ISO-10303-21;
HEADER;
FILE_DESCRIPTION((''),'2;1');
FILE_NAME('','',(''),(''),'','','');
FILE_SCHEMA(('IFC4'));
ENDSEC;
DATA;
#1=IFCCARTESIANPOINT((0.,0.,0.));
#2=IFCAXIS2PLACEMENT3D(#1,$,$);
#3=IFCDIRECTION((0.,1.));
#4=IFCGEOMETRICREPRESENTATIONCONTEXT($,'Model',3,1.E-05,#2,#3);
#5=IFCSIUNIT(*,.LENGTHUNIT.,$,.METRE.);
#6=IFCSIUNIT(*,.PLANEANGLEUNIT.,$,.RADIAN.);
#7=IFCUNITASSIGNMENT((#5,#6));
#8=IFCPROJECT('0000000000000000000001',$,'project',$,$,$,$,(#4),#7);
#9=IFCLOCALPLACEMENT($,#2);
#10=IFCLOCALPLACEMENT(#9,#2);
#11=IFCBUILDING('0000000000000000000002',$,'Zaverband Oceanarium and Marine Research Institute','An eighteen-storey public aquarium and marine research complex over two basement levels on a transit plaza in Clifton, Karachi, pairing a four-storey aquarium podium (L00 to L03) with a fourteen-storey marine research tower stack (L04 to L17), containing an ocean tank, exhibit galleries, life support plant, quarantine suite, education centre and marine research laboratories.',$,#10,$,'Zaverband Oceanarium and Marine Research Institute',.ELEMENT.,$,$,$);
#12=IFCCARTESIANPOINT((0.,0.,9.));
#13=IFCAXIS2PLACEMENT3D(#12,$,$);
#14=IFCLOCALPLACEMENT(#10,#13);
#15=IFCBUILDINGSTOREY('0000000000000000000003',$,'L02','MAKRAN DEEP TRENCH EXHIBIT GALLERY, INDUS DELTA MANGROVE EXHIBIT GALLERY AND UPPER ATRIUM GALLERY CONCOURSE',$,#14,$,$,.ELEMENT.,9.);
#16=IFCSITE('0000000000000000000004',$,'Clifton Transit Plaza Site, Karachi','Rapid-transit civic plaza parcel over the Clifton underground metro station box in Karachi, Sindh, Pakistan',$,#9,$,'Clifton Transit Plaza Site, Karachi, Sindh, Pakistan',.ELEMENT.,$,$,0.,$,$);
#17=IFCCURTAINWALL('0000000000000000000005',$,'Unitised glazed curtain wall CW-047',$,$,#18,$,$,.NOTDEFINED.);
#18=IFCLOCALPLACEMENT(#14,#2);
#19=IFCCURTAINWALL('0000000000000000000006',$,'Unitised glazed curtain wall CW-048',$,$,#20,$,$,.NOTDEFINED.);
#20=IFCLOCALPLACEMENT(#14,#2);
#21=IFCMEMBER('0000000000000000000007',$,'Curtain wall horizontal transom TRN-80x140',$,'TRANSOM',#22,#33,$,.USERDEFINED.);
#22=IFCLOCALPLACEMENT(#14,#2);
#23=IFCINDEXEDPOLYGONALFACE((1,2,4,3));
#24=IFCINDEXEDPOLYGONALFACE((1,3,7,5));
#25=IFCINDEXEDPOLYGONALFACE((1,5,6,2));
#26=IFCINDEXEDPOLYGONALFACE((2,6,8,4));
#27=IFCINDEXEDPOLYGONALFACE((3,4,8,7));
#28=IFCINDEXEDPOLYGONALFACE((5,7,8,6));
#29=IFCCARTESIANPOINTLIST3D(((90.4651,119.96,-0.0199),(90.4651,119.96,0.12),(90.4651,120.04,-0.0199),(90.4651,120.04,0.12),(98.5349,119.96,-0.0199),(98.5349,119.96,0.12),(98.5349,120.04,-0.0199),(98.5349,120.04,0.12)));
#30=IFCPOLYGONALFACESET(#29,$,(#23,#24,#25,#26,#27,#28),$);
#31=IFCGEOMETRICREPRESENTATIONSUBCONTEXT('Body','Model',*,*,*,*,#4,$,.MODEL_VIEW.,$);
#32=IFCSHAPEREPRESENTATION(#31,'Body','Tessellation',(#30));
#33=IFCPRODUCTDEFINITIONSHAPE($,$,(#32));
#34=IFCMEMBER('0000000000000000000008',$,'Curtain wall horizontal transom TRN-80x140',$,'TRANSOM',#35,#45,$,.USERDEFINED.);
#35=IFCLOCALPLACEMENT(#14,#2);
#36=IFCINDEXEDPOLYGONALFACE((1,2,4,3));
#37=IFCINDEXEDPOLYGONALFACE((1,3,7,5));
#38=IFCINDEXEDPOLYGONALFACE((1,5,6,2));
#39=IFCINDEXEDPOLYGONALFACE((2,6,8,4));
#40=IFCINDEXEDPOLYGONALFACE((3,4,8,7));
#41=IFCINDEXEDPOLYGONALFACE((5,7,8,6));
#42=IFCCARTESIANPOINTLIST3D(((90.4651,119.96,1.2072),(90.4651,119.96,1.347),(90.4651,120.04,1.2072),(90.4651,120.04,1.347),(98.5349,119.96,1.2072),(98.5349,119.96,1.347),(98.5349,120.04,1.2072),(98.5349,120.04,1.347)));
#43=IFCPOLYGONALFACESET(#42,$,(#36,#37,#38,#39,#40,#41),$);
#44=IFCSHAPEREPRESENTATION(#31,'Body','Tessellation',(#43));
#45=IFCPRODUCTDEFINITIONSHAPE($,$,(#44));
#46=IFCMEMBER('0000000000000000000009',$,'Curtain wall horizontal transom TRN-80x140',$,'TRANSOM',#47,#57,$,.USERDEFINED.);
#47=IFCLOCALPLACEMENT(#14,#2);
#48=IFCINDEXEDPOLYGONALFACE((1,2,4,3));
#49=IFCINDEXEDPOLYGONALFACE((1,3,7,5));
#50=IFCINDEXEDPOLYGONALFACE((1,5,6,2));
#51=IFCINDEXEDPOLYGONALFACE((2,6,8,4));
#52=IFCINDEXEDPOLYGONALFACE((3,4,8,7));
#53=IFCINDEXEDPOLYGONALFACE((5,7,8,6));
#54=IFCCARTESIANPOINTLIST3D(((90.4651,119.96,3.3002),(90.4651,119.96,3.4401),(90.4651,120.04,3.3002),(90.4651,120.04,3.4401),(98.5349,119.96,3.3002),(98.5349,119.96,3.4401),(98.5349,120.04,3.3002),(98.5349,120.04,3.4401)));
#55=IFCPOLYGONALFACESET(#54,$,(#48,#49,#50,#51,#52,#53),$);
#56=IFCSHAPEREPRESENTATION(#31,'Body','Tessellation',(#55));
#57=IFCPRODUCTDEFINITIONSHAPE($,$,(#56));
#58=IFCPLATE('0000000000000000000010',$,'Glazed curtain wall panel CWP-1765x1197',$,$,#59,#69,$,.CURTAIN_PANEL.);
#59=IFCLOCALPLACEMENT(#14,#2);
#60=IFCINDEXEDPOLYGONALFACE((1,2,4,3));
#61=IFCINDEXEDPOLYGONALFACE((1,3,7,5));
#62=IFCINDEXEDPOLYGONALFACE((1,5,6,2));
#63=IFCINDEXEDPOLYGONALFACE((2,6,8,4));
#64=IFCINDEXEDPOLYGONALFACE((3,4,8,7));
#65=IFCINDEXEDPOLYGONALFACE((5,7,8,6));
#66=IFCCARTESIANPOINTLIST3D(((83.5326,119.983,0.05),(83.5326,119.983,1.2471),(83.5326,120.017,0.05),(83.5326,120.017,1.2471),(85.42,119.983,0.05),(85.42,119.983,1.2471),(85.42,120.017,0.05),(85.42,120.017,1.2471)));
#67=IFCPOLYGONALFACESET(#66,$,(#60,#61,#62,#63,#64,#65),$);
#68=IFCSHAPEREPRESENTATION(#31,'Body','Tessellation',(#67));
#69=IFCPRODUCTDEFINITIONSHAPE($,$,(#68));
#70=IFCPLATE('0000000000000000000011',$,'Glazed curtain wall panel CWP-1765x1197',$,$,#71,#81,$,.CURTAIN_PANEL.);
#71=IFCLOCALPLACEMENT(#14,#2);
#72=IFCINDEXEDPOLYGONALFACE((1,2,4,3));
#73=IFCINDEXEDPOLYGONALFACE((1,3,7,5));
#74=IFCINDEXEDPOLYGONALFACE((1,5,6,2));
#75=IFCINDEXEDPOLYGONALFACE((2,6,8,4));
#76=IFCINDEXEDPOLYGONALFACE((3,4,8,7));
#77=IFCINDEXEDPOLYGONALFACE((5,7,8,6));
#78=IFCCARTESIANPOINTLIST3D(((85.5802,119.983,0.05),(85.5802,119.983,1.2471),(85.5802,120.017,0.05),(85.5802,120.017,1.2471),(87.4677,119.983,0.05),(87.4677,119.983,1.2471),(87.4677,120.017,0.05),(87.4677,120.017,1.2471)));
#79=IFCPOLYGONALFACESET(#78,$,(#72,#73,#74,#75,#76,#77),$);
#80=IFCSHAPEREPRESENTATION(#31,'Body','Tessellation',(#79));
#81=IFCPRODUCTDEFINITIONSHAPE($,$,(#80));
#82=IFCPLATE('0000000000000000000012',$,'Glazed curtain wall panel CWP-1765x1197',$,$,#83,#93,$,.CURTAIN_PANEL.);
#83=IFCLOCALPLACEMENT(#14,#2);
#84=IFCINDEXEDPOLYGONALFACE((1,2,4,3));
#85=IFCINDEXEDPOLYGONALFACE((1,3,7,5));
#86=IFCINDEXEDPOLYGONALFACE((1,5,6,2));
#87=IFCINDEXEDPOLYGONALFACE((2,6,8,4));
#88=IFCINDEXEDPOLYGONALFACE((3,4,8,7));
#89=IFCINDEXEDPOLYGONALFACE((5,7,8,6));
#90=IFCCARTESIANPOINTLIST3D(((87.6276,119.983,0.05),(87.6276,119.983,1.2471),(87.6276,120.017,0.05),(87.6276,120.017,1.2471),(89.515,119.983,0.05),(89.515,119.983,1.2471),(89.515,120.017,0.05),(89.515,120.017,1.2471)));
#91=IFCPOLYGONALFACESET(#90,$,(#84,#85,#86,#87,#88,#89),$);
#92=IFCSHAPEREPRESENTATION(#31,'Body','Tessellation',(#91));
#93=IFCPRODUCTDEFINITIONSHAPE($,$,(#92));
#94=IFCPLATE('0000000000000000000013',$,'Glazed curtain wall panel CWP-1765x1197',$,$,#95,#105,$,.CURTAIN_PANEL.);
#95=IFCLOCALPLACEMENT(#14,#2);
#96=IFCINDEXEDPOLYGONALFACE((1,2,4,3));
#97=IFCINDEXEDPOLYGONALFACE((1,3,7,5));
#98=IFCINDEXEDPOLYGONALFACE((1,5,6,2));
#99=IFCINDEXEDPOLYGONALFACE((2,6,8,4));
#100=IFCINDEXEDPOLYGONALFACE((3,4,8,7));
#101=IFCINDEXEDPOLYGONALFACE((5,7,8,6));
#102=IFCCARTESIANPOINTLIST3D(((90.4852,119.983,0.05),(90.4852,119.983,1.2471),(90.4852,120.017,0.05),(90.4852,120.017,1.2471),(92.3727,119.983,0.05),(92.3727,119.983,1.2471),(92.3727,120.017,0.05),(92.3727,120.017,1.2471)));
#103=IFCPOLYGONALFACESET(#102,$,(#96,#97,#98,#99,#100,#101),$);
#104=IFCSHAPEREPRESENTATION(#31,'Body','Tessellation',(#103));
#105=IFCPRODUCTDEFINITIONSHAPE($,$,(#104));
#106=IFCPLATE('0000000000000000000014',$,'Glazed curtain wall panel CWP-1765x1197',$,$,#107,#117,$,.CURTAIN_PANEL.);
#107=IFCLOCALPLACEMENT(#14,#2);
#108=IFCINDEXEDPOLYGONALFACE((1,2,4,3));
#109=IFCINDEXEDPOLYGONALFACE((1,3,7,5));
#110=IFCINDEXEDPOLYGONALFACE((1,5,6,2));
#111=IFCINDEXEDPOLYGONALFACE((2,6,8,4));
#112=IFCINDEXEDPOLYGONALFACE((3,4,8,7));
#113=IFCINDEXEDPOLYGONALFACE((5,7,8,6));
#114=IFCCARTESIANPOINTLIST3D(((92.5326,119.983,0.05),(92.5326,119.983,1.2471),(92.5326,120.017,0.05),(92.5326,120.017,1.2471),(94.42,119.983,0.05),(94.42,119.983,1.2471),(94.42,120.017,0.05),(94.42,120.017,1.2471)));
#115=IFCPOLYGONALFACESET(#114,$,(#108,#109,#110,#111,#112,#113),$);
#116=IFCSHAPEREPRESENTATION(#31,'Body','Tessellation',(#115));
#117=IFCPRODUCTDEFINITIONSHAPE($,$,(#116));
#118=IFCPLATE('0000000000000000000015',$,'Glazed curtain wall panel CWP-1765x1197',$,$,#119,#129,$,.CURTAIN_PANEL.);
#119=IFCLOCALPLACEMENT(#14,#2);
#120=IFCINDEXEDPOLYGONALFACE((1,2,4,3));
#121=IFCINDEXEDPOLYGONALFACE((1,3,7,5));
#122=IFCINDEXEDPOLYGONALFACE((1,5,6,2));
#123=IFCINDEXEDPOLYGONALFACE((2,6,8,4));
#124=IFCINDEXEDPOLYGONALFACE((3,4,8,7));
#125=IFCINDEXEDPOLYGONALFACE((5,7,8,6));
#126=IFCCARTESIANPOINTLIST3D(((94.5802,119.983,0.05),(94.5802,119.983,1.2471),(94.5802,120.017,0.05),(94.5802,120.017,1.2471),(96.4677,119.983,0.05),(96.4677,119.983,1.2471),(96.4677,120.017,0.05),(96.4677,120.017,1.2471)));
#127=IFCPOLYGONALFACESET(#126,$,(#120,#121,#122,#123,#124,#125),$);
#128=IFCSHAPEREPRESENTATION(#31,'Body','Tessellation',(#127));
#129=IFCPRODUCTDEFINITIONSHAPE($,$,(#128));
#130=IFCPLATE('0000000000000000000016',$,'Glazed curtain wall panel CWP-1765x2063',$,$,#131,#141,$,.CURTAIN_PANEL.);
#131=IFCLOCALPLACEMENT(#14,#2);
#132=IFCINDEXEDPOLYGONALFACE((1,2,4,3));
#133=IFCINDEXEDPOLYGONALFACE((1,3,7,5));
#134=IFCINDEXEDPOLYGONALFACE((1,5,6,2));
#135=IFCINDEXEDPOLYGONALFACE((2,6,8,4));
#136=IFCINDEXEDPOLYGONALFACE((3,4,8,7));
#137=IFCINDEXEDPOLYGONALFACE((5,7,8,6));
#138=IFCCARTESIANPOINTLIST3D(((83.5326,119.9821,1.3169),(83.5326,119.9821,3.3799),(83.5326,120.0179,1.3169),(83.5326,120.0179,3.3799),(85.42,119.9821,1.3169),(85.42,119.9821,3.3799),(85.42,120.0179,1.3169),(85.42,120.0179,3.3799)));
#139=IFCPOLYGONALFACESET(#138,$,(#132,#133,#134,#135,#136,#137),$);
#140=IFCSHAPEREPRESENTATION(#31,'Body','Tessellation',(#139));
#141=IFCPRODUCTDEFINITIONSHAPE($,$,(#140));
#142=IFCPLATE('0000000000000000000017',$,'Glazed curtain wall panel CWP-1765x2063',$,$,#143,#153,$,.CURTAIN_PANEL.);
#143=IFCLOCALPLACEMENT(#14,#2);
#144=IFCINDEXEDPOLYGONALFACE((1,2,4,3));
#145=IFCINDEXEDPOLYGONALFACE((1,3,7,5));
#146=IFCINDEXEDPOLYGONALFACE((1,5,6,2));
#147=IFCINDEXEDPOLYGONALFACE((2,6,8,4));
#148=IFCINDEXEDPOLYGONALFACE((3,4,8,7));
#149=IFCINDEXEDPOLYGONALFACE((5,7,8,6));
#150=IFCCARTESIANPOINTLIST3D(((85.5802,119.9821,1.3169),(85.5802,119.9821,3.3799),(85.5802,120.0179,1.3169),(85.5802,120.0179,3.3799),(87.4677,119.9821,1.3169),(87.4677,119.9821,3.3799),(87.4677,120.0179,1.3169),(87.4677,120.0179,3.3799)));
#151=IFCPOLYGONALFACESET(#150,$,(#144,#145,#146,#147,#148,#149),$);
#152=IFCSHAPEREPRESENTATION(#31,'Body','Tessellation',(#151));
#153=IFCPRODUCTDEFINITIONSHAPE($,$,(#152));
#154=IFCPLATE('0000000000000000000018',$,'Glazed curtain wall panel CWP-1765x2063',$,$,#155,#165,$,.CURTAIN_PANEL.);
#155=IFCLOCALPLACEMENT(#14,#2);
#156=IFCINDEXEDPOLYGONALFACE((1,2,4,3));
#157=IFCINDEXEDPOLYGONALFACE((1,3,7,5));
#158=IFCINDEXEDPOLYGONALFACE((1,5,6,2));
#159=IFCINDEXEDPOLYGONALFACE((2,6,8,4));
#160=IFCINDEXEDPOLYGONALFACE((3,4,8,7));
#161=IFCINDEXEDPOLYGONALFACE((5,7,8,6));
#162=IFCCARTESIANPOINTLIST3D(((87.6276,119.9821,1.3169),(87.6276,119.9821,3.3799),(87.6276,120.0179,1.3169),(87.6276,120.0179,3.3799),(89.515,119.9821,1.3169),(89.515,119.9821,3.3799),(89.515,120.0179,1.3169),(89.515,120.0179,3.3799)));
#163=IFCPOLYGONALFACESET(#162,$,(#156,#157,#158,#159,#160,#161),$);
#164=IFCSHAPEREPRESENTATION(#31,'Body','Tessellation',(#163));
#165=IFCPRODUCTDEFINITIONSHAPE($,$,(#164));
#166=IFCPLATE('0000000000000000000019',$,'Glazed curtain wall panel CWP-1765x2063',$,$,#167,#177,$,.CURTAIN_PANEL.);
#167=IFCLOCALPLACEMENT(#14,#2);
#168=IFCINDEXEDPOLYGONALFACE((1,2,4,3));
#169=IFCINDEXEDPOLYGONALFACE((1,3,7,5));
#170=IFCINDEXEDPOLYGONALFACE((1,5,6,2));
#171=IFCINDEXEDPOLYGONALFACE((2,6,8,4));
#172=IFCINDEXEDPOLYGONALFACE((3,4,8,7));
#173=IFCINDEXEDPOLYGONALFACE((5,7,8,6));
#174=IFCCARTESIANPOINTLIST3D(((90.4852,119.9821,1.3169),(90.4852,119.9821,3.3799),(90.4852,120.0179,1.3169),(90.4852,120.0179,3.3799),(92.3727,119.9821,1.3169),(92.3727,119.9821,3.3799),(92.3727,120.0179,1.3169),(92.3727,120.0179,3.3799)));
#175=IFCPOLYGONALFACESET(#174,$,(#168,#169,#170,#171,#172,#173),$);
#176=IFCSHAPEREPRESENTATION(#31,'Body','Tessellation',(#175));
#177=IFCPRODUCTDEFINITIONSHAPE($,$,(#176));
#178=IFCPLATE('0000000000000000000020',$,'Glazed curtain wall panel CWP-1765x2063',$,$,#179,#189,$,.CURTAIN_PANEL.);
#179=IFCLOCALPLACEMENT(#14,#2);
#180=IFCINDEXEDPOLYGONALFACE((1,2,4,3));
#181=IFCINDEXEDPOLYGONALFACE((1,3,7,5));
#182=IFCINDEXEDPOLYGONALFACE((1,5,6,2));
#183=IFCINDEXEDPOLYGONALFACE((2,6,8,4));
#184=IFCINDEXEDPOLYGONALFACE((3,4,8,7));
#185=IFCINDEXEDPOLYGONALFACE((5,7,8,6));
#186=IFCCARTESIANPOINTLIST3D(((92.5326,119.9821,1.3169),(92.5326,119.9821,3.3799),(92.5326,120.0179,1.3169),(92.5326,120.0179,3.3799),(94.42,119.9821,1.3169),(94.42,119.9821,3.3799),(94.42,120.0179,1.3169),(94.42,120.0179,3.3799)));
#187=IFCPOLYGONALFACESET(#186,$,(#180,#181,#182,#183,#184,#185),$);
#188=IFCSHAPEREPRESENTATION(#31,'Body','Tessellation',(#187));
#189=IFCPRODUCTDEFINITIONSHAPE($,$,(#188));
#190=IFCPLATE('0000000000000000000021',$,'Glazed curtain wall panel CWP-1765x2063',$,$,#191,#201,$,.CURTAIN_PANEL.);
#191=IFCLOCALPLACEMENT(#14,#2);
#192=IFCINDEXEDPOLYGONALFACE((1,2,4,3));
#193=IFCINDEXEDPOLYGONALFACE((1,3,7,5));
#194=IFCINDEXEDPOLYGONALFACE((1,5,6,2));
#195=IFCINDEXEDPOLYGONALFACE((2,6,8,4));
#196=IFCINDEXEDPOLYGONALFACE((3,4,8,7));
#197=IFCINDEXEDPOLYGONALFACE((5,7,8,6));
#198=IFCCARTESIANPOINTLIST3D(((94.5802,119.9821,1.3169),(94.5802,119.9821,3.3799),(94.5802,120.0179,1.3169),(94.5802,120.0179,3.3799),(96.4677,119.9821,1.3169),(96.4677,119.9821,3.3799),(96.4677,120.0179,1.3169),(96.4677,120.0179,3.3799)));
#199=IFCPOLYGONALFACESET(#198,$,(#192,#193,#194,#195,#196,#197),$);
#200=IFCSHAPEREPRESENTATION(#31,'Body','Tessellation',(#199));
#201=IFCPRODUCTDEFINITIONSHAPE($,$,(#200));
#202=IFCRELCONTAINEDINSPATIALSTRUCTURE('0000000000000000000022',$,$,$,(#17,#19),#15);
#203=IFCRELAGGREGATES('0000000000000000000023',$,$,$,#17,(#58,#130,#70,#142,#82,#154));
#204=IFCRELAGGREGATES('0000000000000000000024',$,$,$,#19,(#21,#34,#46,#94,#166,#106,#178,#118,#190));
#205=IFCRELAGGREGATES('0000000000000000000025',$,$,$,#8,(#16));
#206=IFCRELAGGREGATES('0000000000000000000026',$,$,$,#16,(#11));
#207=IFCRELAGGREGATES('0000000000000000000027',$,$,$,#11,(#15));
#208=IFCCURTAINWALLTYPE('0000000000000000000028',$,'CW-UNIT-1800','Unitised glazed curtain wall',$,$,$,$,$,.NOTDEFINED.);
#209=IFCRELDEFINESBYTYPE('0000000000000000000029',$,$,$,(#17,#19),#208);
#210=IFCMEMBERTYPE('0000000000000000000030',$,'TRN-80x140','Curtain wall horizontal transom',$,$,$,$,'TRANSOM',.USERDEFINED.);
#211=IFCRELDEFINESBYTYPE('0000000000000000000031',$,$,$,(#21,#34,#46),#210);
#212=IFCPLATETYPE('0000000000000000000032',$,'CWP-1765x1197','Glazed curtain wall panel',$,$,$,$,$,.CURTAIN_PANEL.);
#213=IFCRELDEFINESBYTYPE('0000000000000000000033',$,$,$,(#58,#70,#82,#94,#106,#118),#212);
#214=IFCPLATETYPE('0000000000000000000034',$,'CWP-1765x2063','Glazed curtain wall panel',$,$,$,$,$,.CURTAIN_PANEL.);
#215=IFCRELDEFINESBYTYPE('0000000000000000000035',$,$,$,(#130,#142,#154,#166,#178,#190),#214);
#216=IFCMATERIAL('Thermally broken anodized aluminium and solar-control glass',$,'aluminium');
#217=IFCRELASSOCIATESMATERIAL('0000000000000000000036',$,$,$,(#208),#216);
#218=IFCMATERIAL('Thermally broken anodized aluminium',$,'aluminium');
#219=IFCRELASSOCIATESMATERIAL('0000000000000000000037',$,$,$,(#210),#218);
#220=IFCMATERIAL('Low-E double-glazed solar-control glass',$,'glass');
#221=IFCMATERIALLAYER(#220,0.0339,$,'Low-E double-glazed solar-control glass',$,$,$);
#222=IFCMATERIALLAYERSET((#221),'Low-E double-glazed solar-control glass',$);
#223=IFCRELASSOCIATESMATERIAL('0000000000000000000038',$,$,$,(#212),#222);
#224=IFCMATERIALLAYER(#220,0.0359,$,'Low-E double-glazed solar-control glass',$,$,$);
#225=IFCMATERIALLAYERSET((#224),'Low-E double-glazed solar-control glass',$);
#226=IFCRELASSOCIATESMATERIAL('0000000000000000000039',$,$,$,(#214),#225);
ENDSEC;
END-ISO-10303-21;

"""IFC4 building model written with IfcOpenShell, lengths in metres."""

from ifc_helpers import new_model, si_unit, direction, frame, frame_2d, origin, origin_2d, place, context, subcontext, project, spatial, rectangle, extrude, material, layer, layer_set, material_profile, profile_set, type_object, element, aggregate, save


model = new_model("IFC4")

# Units and contexts
model_context = context("Model", 3, precision=1e-05, world=origin(), true_north=direction((0.0, 1.0)))
body_context = subcontext(model_context, "Body", "Model", "MODEL_VIEW")
ifc_project = project(units=[si_unit("LENGTHUNIT", "METRE"), si_unit("PLANEANGLEUNIT", "RADIAN")], contexts=[model_context])

# Site, building, storey
site_placement = place(None, origin())
site = spatial("IfcSite", under=ifc_project, at=site_placement, Name="Clifton Transit Plaza Site, Karachi", Description="Rapid-transit civic plaza parcel over the Clifton underground metro station box in Karachi, Sindh, Pakistan", LongName="Clifton Transit Plaza Site, Karachi, Sindh, Pakistan", CompositionType="ELEMENT", RefElevation=0.0)
building_placement = place(site_placement, origin())
building = spatial("IfcBuilding", under=site, at=building_placement, Name="Zaverband Oceanarium and Marine Research Institute", Description="An eighteen-storey public aquarium and marine research complex over two basement levels on a transit plaza in Clifton, Karachi, pairing a four-storey aquarium podium (L00 to L03) with a fourteen-storey marine research tower stack (L04 to L17), containing an ocean tank, exhibit galleries, life support plant, quarantine suite, education centre and marine research laboratories.", LongName="Zaverband Oceanarium and Marine Research Institute", CompositionType="ELEMENT")
storey_placement = place(building_placement, frame((0.0, 0.0, 9.0)))
storey = spatial("IfcBuildingStorey", under=building, at=storey_placement, Name="L02", Description="MAKRAN DEEP TRENCH EXHIBIT GALLERY, INDUS DELTA MANGROVE EXHIBIT GALLERY AND UPPER ATRIUM GALLERY CONCOURSE", CompositionType="ELEMENT", Elevation=9.0)

# Curtain walls
ifc_material_1 = material(Name="Thermally broken anodized aluminium and solar-control glass", Category="aluminium")
curtain_wall_type = type_object("IfcCurtainWallType", Name="CW-UNIT-1800", Description="Unitised glazed curtain wall", PredefinedType="NOTDEFINED", material=ifc_material_1)
curtain_wall_1_placement = place(storey_placement, origin())
curtain_wall_1 = element("IfcCurtainWall", 1, at=curtain_wall_1_placement, inside=storey, type_object=curtain_wall_type, Name="Unitised glazed curtain wall CW-047", PredefinedType="NOTDEFINED")
ifc_material_2 = material(Name="Thermally broken anodized aluminium", Category="aluminium")
curtain_wall_2_placement = place(storey_placement, origin())
curtain_wall_2 = element("IfcCurtainWall", 2, at=curtain_wall_2_placement, inside=storey, type_object=curtain_wall_type, Name="Unitised glazed curtain wall CW-048", PredefinedType="NOTDEFINED")

# Members
ifc_material_profile_1 = material_profile(ifc_material_2, rectangle(XDim=0.0801, YDim=0.1399, at=origin_2d()), Name="AL-TRN-80x140")
ifc_profile_set_1 = profile_set([ifc_material_profile_1], Name="Thermally broken anodized aluminium")
member_type_1 = type_object("IfcMemberType", Name="TRN-80x140", Description="Curtain wall horizontal transom", ElementType="TRANSOM", PredefinedType="USERDEFINED", material=ifc_profile_set_1)
member_1_placement = place(storey_placement, frame((90.4651, 120.0, 0.05), z_axis=(1.0, 0.0, 0.0), x_axis=(0.0, 1.0, 0.0)))
member_1 = element("IfcMember", 3, at=member_1_placement, type_object=member_type_1, Name="Curtain wall horizontal transom TRN-80x140", ObjectType="TRANSOM", PredefinedType="USERDEFINED", context=body_context, shape_type="SweptSolid", body=[
    extrude(rectangle(XDim=0.0801, YDim=0.1399, at=origin_2d()), origin(), (0.0, 0.0, 1.0), 8.0698),
])
member_2_placement = place(storey_placement, frame((90.4651, 120.0, 1.2771), z_axis=(1.0, 0.0, 0.0), x_axis=(0.0, 1.0, 0.0)))
member_2 = element("IfcMember", 4, at=member_2_placement, type_object=member_type_1, Name="Curtain wall horizontal transom TRN-80x140", ObjectType="TRANSOM", PredefinedType="USERDEFINED", context=body_context, shape_type="SweptSolid", body=[
    extrude(rectangle(XDim=0.0801, YDim=0.1399, at=origin_2d()), origin(), (0.0, 0.0, 1.0), 8.0698),
])
member_3_placement = place(storey_placement, frame((90.4651, 120.0, 3.3701), z_axis=(1.0, 0.0, 0.0), x_axis=(0.0, 1.0, 0.0)))
member_3 = element("IfcMember", 5, at=member_3_placement, type_object=member_type_1, Name="Curtain wall horizontal transom TRN-80x140", ObjectType="TRANSOM", PredefinedType="USERDEFINED", context=body_context, shape_type="SweptSolid", body=[
    extrude(rectangle(XDim=0.0801, YDim=0.1399, at=origin_2d()), origin(), (0.0, 0.0, 1.0), 8.0698),
])

# Plates
ifc_material_3 = material(Name="Low-E double-glazed solar-control glass", Category="glass")
ifc_layer_1 = layer(ifc_material_3, 0.0339, Name="Low-E double-glazed solar-control glass")
ifc_layer_set_1 = layer_set([ifc_layer_1], Name="Low-E double-glazed solar-control glass")
plate_type_1 = type_object("IfcPlateType", Name="CWP-1765x1197", Description="Glazed curtain wall panel", PredefinedType="CURTAIN_PANEL", material=ifc_layer_set_1)
plate_1_placement = place(storey_placement, frame((83.5325, 120.0, 0.05), z_axis=(0.0, 0.0, 1.0), x_axis=(1.0, 0.0, 0.0)))
plate_1 = element("IfcPlate", 6, at=plate_1_placement, type_object=plate_type_1, Name="Glazed curtain wall panel CWP-1765x1197", PredefinedType="CURTAIN_PANEL", context=body_context, shape_type="SweptSolid", body=[
    extrude(rectangle(XDim=1.8875, YDim=0.0339, at=frame_2d((0.9438, 0.0))), origin(), (0.0, 0.0, 1.0), 1.197),
])
plate_2_placement = place(storey_placement, frame((85.5801, 120.0, 0.05), z_axis=(0.0, 0.0, 1.0), x_axis=(1.0, 0.0, 0.0)))
plate_2 = element("IfcPlate", 7, at=plate_2_placement, type_object=plate_type_1, Name="Glazed curtain wall panel CWP-1765x1197", PredefinedType="CURTAIN_PANEL", context=body_context, shape_type="SweptSolid", body=[
    extrude(rectangle(XDim=1.8875, YDim=0.0339, at=frame_2d((0.9438, 0.0))), origin(), (0.0, 0.0, 1.0), 1.197),
])
plate_3_placement = place(storey_placement, frame((87.6274, 120.0, 0.05), z_axis=(0.0, 0.0, 1.0), x_axis=(1.0, 0.0, 0.0)))
plate_3 = element("IfcPlate", 8, at=plate_3_placement, type_object=plate_type_1, Name="Glazed curtain wall panel CWP-1765x1197", PredefinedType="CURTAIN_PANEL", context=body_context, shape_type="SweptSolid", body=[
    extrude(rectangle(XDim=1.8875, YDim=0.0339, at=frame_2d((0.9438, 0.0))), origin(), (0.0, 0.0, 1.0), 1.197),
])
plate_4_placement = place(storey_placement, frame((90.4851, 120.0, 0.05), z_axis=(0.0, 0.0, 1.0), x_axis=(1.0, 0.0, 0.0)))
plate_4 = element("IfcPlate", 9, at=plate_4_placement, type_object=plate_type_1, Name="Glazed curtain wall panel CWP-1765x1197", PredefinedType="CURTAIN_PANEL", context=body_context, shape_type="SweptSolid", body=[
    extrude(rectangle(XDim=1.8875, YDim=0.0339, at=frame_2d((0.9438, 0.0))), origin(), (0.0, 0.0, 1.0), 1.197),
])
plate_5_placement = place(storey_placement, frame((92.5325, 120.0, 0.05), z_axis=(0.0, 0.0, 1.0), x_axis=(1.0, 0.0, 0.0)))
plate_5 = element("IfcPlate", 10, at=plate_5_placement, type_object=plate_type_1, Name="Glazed curtain wall panel CWP-1765x1197", PredefinedType="CURTAIN_PANEL", context=body_context, shape_type="SweptSolid", body=[
    extrude(rectangle(XDim=1.8875, YDim=0.0339, at=frame_2d((0.9438, 0.0))), origin(), (0.0, 0.0, 1.0), 1.197),
])
plate_6_placement = place(storey_placement, frame((94.5801, 120.0, 0.05), z_axis=(0.0, 0.0, 1.0), x_axis=(1.0, 0.0, 0.0)))
plate_6 = element("IfcPlate", 11, at=plate_6_placement, type_object=plate_type_1, Name="Glazed curtain wall panel CWP-1765x1197", PredefinedType="CURTAIN_PANEL", context=body_context, shape_type="SweptSolid", body=[
    extrude(rectangle(XDim=1.8875, YDim=0.0339, at=frame_2d((0.9438, 0.0))), origin(), (0.0, 0.0, 1.0), 1.197),
])
ifc_layer_2 = layer(ifc_material_3, 0.0359, Name="Low-E double-glazed solar-control glass")
ifc_layer_set_2 = layer_set([ifc_layer_2], Name="Low-E double-glazed solar-control glass")
plate_type_2 = type_object("IfcPlateType", Name="CWP-1765x2063", Description="Glazed curtain wall panel", PredefinedType="CURTAIN_PANEL", material=ifc_layer_set_2)
plate_7_placement = place(storey_placement, frame((83.5325, 120.0, 1.3169), z_axis=(0.0, 0.0, 1.0), x_axis=(1.0, 0.0, 0.0)))
plate_7 = element("IfcPlate", 12, at=plate_7_placement, type_object=plate_type_2, Name="Glazed curtain wall panel CWP-1765x2063", PredefinedType="CURTAIN_PANEL", context=body_context, shape_type="SweptSolid", body=[
    extrude(rectangle(XDim=1.8875, YDim=0.0359, at=frame_2d((0.9438, 0.0))), origin(), (0.0, 0.0, 1.0), 2.063),
])
plate_8_placement = place(storey_placement, frame((85.5801, 120.0, 1.3169), z_axis=(0.0, 0.0, 1.0), x_axis=(1.0, 0.0, 0.0)))
plate_8 = element("IfcPlate", 13, at=plate_8_placement, type_object=plate_type_2, Name="Glazed curtain wall panel CWP-1765x2063", PredefinedType="CURTAIN_PANEL", context=body_context, shape_type="SweptSolid", body=[
    extrude(rectangle(XDim=1.8875, YDim=0.0359, at=frame_2d((0.9438, 0.0))), origin(), (0.0, 0.0, 1.0), 2.063),
])
plate_9_placement = place(storey_placement, frame((87.6274, 120.0, 1.3169), z_axis=(0.0, 0.0, 1.0), x_axis=(1.0, 0.0, 0.0)))
plate_9 = element("IfcPlate", 14, at=plate_9_placement, type_object=plate_type_2, Name="Glazed curtain wall panel CWP-1765x2063", PredefinedType="CURTAIN_PANEL", context=body_context, shape_type="SweptSolid", body=[
    extrude(rectangle(XDim=1.8875, YDim=0.0359, at=frame_2d((0.9438, 0.0))), origin(), (0.0, 0.0, 1.0), 2.063),
])
aggregate(curtain_wall_1, [plate_1, plate_7, plate_2, plate_8, plate_3, plate_9])
plate_10_placement = place(storey_placement, frame((90.4851, 120.0, 1.3169), z_axis=(0.0, 0.0, 1.0), x_axis=(1.0, 0.0, 0.0)))
plate_10 = element("IfcPlate", 15, at=plate_10_placement, type_object=plate_type_2, Name="Glazed curtain wall panel CWP-1765x2063", PredefinedType="CURTAIN_PANEL", context=body_context, shape_type="SweptSolid", body=[
    extrude(rectangle(XDim=1.8875, YDim=0.0359, at=frame_2d((0.9438, 0.0))), origin(), (0.0, 0.0, 1.0), 2.063),
])
plate_11_placement = place(storey_placement, frame((92.5325, 120.0, 1.3169), z_axis=(0.0, 0.0, 1.0), x_axis=(1.0, 0.0, 0.0)))
plate_11 = element("IfcPlate", 16, at=plate_11_placement, type_object=plate_type_2, Name="Glazed curtain wall panel CWP-1765x2063", PredefinedType="CURTAIN_PANEL", context=body_context, shape_type="SweptSolid", body=[
    extrude(rectangle(XDim=1.8875, YDim=0.0359, at=frame_2d((0.9438, 0.0))), origin(), (0.0, 0.0, 1.0), 2.063),
])
plate_12_placement = place(storey_placement, frame((94.5801, 120.0, 1.3169), z_axis=(0.0, 0.0, 1.0), x_axis=(1.0, 0.0, 0.0)))
plate_12 = element("IfcPlate", 17, at=plate_12_placement, type_object=plate_type_2, Name="Glazed curtain wall panel CWP-1765x2063", PredefinedType="CURTAIN_PANEL", context=body_context, shape_type="SweptSolid", body=[
    extrude(rectangle(XDim=1.8875, YDim=0.0359, at=frame_2d((0.9438, 0.0))), origin(), (0.0, 0.0, 1.0), 2.063),
])
aggregate(curtain_wall_2, [member_1, member_2, member_3, plate_4, plate_10, plate_5, plate_11, plate_6, plate_12])

save(model, "model.ifc")
